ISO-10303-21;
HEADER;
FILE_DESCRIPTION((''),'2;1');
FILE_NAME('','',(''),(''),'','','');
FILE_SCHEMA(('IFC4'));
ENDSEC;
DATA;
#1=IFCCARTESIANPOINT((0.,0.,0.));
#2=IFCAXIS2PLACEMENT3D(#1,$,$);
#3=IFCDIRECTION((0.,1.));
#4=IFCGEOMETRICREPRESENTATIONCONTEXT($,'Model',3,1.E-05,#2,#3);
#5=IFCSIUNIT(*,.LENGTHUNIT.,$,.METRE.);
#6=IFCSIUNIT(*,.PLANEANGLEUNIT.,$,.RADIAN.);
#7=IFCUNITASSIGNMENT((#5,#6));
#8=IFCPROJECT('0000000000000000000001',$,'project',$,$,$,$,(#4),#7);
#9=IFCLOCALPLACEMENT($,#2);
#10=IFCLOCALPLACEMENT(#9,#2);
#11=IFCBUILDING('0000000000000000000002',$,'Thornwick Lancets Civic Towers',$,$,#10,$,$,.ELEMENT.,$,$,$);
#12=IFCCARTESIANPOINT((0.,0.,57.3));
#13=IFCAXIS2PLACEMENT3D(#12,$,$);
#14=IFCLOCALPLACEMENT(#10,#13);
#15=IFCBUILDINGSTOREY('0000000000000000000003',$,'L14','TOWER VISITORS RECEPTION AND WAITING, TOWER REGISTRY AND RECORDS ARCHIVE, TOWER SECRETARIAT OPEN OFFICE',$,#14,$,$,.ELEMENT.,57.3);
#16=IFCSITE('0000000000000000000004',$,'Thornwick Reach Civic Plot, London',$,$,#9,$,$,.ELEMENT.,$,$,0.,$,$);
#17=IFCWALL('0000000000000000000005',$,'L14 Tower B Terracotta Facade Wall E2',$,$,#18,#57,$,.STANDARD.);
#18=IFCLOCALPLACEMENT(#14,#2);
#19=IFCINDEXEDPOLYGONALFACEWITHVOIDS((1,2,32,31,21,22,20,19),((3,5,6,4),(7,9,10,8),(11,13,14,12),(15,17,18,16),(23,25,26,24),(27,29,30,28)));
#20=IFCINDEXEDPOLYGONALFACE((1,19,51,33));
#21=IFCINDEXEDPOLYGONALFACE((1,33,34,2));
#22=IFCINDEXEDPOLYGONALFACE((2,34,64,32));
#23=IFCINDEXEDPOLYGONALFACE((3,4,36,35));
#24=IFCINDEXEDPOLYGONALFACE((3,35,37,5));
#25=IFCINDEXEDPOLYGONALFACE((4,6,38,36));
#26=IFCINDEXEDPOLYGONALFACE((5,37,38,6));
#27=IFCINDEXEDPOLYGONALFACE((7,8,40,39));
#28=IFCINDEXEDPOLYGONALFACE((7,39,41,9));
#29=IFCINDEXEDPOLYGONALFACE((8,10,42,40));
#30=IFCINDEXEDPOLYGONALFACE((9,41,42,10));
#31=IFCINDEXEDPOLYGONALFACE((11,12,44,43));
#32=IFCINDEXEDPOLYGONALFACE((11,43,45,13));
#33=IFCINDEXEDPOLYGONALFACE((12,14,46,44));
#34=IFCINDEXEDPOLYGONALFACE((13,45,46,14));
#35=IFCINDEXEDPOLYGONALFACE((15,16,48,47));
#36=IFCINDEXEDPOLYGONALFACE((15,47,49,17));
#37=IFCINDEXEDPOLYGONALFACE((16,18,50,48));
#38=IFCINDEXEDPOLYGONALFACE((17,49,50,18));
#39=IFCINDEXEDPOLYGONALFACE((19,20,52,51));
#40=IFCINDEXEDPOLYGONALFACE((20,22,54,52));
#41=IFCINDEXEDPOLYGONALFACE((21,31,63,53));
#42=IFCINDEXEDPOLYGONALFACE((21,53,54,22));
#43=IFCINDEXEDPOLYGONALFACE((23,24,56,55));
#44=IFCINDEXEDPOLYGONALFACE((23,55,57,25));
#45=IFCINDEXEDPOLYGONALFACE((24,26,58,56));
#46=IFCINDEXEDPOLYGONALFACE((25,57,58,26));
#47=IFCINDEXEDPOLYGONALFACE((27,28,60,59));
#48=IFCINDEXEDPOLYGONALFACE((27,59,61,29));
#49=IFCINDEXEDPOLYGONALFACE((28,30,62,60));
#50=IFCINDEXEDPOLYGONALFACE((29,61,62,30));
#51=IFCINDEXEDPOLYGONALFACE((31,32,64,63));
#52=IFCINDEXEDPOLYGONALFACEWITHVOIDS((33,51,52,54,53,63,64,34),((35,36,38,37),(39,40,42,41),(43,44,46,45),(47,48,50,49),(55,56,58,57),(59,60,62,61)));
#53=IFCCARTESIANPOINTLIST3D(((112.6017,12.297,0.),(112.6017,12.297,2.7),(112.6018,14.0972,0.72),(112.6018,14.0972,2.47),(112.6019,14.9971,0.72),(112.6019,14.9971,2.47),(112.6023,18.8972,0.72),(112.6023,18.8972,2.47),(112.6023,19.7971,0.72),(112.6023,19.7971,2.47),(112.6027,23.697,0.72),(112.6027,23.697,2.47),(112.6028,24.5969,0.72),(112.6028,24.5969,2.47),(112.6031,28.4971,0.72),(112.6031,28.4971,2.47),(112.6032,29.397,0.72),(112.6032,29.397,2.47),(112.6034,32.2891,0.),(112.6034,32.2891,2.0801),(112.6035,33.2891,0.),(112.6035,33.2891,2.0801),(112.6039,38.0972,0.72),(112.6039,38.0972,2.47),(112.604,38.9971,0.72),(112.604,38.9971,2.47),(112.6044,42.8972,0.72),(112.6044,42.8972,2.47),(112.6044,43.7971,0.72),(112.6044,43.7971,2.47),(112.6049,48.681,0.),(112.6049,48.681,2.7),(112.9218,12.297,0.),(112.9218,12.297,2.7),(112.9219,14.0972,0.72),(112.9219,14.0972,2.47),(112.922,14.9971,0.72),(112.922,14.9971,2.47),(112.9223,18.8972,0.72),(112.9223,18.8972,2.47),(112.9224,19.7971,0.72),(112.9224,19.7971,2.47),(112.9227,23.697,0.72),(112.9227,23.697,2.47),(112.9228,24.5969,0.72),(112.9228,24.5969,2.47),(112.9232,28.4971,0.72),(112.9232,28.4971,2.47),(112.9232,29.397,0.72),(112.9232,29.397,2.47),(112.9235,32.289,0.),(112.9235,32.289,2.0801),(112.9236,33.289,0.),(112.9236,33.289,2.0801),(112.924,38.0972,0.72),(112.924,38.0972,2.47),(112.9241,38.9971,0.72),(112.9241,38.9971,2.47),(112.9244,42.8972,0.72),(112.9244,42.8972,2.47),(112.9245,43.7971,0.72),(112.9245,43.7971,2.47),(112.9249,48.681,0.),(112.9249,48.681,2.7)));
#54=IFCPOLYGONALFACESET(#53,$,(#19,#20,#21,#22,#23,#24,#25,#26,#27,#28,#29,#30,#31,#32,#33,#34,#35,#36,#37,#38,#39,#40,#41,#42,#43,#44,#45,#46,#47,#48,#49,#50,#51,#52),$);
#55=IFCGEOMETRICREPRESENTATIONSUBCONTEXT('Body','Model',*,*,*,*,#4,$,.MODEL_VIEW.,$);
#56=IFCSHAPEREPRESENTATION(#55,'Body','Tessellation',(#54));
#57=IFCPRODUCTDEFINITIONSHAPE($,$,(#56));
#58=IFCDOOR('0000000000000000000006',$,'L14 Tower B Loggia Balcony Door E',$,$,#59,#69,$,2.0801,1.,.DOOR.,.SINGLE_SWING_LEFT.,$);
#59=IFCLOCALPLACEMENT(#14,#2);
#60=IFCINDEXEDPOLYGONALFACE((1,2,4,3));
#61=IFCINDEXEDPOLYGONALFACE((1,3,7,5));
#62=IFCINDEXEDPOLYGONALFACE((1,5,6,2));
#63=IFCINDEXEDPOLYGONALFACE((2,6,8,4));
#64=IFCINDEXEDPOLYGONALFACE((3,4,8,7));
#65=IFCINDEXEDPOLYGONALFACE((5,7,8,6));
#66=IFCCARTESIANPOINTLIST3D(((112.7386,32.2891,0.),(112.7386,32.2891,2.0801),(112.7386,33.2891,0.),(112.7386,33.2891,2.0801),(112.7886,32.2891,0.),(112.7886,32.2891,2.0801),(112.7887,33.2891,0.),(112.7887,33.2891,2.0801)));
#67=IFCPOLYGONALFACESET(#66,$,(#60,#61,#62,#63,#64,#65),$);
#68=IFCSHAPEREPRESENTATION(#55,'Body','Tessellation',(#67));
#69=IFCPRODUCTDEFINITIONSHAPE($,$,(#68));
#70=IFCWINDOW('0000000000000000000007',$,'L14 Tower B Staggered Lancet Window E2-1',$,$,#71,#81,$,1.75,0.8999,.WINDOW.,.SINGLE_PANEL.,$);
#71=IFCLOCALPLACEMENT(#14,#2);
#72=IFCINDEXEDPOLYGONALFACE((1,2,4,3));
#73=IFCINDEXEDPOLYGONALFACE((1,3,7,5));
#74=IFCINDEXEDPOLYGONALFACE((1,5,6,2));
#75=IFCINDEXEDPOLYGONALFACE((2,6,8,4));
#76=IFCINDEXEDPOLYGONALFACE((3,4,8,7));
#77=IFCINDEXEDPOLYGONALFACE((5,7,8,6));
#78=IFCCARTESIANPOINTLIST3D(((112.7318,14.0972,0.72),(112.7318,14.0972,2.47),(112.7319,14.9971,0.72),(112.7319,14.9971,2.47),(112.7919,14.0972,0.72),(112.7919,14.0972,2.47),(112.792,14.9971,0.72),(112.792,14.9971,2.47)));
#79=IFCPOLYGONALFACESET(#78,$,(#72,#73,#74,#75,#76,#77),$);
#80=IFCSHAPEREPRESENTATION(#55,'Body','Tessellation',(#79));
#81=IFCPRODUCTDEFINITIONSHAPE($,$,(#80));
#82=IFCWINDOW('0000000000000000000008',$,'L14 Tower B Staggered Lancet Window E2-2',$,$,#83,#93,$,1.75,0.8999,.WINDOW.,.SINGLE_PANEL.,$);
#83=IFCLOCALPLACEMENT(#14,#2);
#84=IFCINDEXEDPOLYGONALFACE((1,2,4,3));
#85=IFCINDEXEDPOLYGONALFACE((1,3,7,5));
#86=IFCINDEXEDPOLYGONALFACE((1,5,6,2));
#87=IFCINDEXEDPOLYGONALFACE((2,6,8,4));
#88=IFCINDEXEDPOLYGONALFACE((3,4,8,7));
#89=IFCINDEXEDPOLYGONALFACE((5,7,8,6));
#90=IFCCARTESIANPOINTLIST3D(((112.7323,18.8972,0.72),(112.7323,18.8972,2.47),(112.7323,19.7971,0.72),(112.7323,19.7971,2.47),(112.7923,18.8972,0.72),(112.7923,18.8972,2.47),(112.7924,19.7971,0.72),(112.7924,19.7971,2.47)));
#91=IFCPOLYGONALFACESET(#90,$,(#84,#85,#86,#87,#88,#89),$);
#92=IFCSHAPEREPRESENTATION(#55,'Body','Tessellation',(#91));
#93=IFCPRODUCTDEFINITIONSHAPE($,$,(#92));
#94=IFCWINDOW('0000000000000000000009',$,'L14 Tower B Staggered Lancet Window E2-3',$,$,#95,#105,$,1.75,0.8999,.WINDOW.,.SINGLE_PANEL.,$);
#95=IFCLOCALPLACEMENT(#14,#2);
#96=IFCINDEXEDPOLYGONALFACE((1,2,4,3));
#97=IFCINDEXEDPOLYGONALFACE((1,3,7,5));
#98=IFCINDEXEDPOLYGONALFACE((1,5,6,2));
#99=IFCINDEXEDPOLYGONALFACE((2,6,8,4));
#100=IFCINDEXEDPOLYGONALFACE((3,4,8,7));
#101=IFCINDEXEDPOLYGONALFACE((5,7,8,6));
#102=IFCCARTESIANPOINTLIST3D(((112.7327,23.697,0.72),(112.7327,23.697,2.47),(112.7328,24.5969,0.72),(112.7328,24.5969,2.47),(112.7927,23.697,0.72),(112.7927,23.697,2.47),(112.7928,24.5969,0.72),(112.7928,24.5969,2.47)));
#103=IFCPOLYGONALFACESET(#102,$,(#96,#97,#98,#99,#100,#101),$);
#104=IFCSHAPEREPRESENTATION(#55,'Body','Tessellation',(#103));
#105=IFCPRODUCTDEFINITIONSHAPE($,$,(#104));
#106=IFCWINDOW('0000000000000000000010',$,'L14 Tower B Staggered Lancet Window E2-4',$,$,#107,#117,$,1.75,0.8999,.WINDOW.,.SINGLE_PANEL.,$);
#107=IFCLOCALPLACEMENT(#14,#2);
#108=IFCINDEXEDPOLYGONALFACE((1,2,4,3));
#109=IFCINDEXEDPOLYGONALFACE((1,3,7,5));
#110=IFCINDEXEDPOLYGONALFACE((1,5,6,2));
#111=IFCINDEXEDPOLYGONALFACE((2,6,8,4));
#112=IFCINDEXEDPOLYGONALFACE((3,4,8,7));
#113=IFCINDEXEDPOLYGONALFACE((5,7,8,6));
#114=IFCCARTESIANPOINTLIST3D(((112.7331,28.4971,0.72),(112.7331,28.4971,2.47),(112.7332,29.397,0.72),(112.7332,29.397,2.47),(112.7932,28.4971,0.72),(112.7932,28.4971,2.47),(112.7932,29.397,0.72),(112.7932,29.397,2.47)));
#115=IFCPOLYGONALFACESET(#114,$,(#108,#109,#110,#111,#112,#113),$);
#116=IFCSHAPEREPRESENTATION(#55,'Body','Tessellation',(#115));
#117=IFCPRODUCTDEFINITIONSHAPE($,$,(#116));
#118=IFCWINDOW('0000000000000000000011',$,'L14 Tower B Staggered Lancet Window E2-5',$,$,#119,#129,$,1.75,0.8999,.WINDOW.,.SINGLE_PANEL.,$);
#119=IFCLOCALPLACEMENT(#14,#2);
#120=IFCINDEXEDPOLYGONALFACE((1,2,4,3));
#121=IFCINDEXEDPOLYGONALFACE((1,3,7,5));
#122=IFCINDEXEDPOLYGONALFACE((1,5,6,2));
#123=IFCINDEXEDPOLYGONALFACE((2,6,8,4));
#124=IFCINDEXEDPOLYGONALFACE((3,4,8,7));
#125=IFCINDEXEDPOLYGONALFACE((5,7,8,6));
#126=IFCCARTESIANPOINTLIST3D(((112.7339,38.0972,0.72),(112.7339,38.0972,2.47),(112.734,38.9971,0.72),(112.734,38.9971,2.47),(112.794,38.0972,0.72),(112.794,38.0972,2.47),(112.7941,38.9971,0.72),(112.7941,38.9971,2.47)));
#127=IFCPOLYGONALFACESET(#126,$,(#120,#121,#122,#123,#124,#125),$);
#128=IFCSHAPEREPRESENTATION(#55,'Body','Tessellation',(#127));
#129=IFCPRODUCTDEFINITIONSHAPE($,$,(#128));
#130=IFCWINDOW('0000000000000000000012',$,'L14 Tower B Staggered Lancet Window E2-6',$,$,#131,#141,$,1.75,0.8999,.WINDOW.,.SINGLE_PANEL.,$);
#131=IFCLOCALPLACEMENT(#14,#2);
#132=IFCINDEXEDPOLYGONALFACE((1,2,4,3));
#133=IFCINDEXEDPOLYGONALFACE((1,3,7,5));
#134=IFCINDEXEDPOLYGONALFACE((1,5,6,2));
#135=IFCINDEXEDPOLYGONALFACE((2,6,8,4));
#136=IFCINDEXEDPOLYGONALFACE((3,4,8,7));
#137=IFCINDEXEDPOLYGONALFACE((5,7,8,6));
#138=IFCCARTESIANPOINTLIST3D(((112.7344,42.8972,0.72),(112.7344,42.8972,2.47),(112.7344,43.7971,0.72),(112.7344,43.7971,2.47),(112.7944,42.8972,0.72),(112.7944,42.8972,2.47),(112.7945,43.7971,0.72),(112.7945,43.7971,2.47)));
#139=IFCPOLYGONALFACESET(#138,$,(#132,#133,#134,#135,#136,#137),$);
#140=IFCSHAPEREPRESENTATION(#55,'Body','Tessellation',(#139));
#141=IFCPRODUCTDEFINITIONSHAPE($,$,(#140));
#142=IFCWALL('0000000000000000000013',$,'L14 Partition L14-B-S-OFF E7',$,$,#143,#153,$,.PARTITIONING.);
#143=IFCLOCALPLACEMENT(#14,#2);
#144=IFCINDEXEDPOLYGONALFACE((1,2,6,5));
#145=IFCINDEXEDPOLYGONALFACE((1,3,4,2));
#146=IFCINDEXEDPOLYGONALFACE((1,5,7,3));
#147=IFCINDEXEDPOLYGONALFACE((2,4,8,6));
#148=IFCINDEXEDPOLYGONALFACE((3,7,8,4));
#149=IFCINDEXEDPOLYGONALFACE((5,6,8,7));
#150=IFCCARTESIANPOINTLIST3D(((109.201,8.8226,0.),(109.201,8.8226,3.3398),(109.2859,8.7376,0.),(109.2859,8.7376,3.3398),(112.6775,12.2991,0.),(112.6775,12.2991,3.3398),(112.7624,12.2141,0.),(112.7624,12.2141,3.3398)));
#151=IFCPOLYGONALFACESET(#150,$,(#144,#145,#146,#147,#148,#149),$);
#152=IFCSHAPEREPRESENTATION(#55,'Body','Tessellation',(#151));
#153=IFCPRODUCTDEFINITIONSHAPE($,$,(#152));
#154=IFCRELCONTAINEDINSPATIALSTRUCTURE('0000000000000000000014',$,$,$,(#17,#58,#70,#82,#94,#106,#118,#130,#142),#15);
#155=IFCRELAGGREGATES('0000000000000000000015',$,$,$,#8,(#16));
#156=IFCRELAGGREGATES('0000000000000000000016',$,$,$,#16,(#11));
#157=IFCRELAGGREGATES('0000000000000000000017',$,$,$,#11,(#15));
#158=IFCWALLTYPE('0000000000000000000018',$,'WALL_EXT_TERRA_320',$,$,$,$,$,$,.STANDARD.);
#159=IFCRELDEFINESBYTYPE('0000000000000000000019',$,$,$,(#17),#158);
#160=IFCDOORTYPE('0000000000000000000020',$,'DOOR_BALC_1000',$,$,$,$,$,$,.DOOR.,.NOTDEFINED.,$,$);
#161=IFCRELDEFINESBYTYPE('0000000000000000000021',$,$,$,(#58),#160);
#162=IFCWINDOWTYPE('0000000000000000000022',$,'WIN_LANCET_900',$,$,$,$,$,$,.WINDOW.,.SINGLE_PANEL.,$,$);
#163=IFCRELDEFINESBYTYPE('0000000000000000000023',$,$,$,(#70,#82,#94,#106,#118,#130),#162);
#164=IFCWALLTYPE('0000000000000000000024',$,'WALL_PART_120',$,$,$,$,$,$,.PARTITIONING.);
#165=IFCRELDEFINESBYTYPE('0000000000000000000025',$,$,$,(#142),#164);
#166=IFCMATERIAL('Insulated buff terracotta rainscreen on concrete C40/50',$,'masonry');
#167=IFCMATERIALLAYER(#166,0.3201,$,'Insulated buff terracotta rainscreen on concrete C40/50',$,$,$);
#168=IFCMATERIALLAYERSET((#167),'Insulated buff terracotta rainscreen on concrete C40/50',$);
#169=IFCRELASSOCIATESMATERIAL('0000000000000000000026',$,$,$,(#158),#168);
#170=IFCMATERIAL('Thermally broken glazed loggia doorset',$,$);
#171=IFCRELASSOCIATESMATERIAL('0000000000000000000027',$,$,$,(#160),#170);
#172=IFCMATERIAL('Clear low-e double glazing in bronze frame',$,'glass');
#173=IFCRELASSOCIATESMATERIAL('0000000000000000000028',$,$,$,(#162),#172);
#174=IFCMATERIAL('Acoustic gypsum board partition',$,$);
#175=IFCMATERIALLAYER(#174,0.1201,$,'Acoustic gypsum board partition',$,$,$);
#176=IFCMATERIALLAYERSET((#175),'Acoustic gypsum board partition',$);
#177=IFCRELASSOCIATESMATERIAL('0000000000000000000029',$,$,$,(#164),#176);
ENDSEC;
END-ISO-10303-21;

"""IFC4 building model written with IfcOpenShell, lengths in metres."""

from ifc_helpers import new_model, si_unit, direction, frame, frame_2d, origin, place, context, subcontext, project, spatial, rectangle, extrude, material, layer, layer_set, type_object, element, fill, save


model = new_model("IFC4")

# Units and contexts
model_context = context("Model", 3, precision=1e-05, world=origin(), true_north=direction((0.0, 1.0)))
body_context = subcontext(model_context, "Body", "Model", "MODEL_VIEW")
ifc_project = project(units=[si_unit("LENGTHUNIT", "METRE"), si_unit("PLANEANGLEUNIT", "RADIAN")], contexts=[model_context])

# Site, building, storey
site_placement = place(None, origin())
site = spatial("IfcSite", under=ifc_project, at=site_placement, Name="Thornwick Reach Civic Plot, London", CompositionType="ELEMENT", RefElevation=0.0)
building_placement = place(site_placement, origin())
building = spatial("IfcBuilding", under=site, at=building_placement, Name="Thornwick Lancets Civic Towers", CompositionType="ELEMENT")
storey_placement = place(building_placement, frame((0.0, 0.0, 57.3)))
storey = spatial("IfcBuildingStorey", under=building, at=storey_placement, Name="L14", Description="TOWER VISITORS RECEPTION AND WAITING, TOWER REGISTRY AND RECORDS ARCHIVE, TOWER SECRETARIAT OPEN OFFICE", CompositionType="ELEMENT", Elevation=57.3)

# Wall, openings, door, windows
ifc_material_1 = material(Name="Insulated buff terracotta rainscreen on concrete C40/50", Category="masonry")
ifc_layer_1 = layer(ifc_material_1, 0.3201, Name="Insulated buff terracotta rainscreen on concrete C40/50")
ifc_layer_set_1 = layer_set([ifc_layer_1], Name="Insulated buff terracotta rainscreen on concrete C40/50")
wall_type_1 = type_object("IfcWallType", Name="WALL_EXT_TERRA_320", PredefinedType="STANDARD", material=ifc_layer_set_1)
wall_1_placement = place(storey_placement, frame((112.7617, 12.2971, 0.0), z_axis=(0.0, 0.0, 1.0), x_axis=(0.000087, 1.0, 0.0)))
wall_1 = element("IfcWall", 1, at=wall_1_placement, inside=storey, type_object=wall_type_1, Name="L14 Tower B Terracotta Facade Wall E2", PredefinedType="STANDARD", context=body_context, shape_type="SweptSolid", body=[
    extrude(rectangle(XDim=36.384, YDim=0.3201, at=frame_2d((18.1919, 0.0))), origin(), (0.0, 0.0, 1.0), 2.7),
])
opening_1_placement = place(wall_1_placement, frame((19.9919, 0.0, 0.0)))
opening_1 = element("IfcOpeningElement", 2, at=opening_1_placement, cuts=wall_1, PredefinedType="OPENING", context=body_context, shape_type="SweptSolid", body=[
    extrude(rectangle(XDim=1.0, YDim=2.0801, at=frame_2d((0.5, 1.04))), frame((0.0, 0.1699, 0.0), z_axis=(0.0, -1.0, 0.0), x_axis=(1.0, 0.0, 0.0)), (0.0, 0.0, 1.0), 0.3401),
])
opening_2_placement = place(wall_1_placement, frame((1.8, 0.0, 0.72)))
opening_2 = element("IfcOpeningElement", 3, at=opening_2_placement, cuts=wall_1, PredefinedType="OPENING", context=body_context, shape_type="SweptSolid", body=[
    extrude(rectangle(XDim=0.8999, YDim=1.75, at=frame_2d((0.45, 0.875))), frame((0.0, 0.1699, 0.0), z_axis=(0.0, -1.0, 0.0), x_axis=(1.0, 0.0, 0.0)), (0.0, 0.0, 1.0), 0.3401),
])
opening_3_placement = place(wall_1_placement, frame((6.6001, 0.0, 0.72)))
opening_3 = element("IfcOpeningElement", 4, at=opening_3_placement, cuts=wall_1, PredefinedType="OPENING", context=body_context, shape_type="SweptSolid", body=[
    extrude(rectangle(XDim=0.8999, YDim=1.75, at=frame_2d((0.45, 0.875))), frame((0.0, 0.1699, 0.0), z_axis=(0.0, -1.0, 0.0), x_axis=(1.0, 0.0, 0.0)), (0.0, 0.0, 1.0), 0.3401),
])
opening_4_placement = place(wall_1_placement, frame((11.3999, 0.0, 0.72)))
opening_4 = element("IfcOpeningElement", 5, at=opening_4_placement, cuts=wall_1, PredefinedType="OPENING", context=body_context, shape_type="SweptSolid", body=[
    extrude(rectangle(XDim=0.8999, YDim=1.75, at=frame_2d((0.45, 0.875))), frame((0.0, 0.1699, 0.0), z_axis=(0.0, -1.0, 0.0), x_axis=(1.0, 0.0, 0.0)), (0.0, 0.0, 1.0), 0.3401),
])
opening_5_placement = place(wall_1_placement, frame((16.2, 0.0, 0.72)))
opening_5 = element("IfcOpeningElement", 6, at=opening_5_placement, cuts=wall_1, PredefinedType="OPENING", context=body_context, shape_type="SweptSolid", body=[
    extrude(rectangle(XDim=0.8999, YDim=1.75, at=frame_2d((0.45, 0.875))), frame((0.0, 0.1699, 0.0), z_axis=(0.0, -1.0, 0.0), x_axis=(1.0, 0.0, 0.0)), (0.0, 0.0, 1.0), 0.3401),
])
opening_6_placement = place(wall_1_placement, frame((25.8, 0.0, 0.72)))
opening_6 = element("IfcOpeningElement", 7, at=opening_6_placement, cuts=wall_1, PredefinedType="OPENING", context=body_context, shape_type="SweptSolid", body=[
    extrude(rectangle(XDim=0.8999, YDim=1.75, at=frame_2d((0.45, 0.875))), frame((0.0, 0.1699, 0.0), z_axis=(0.0, -1.0, 0.0), x_axis=(1.0, 0.0, 0.0)), (0.0, 0.0, 1.0), 0.3401),
])
opening_7_placement = place(wall_1_placement, frame((30.6001, 0.0, 0.72)))
opening_7 = element("IfcOpeningElement", 8, at=opening_7_placement, cuts=wall_1, PredefinedType="OPENING", context=body_context, shape_type="SweptSolid", body=[
    extrude(rectangle(XDim=0.8999, YDim=1.75, at=frame_2d((0.45, 0.875))), frame((0.0, 0.1699, 0.0), z_axis=(0.0, -1.0, 0.0), x_axis=(1.0, 0.0, 0.0)), (0.0, 0.0, 1.0), 0.3401),
])
ifc_material_2 = material(Name="Thermally broken glazed loggia doorset")
door_type = type_object("IfcDoorType", Name="DOOR_BALC_1000", OperationType="NOTDEFINED", PredefinedType="DOOR", material=ifc_material_2)
door_placement = place(opening_1_placement, origin())
door = element("IfcDoor", 9, at=door_placement, inside=storey, type_object=door_type, Name="L14 Tower B Loggia Balcony Door E", OperationType="SINGLE_SWING_LEFT", OverallHeight=2.0801, OverallWidth=1.0, PredefinedType="DOOR", context=body_context, shape_type="SweptSolid", body=[
    extrude(rectangle(XDim=1.0, YDim=2.0801, at=frame_2d((0.5, 1.04))), frame((0.0, 0.0249, 0.0), z_axis=(0.0, -1.0, 0.0), x_axis=(1.0, 0.0, 0.0)), (0.0, 0.0, 1.0), 0.05),
])
fill(opening_1, door)
ifc_material_3 = material(Name="Clear low-e double glazing in bronze frame", Category="glass")
window_type = type_object("IfcWindowType", Name="WIN_LANCET_900", PartitioningType="SINGLE_PANEL", PredefinedType="WINDOW", material=ifc_material_3)
window_1_placement = place(opening_2_placement, origin())
window_1 = element("IfcWindow", 10, at=window_1_placement, inside=storey, type_object=window_type, Name="L14 Tower B Staggered Lancet Window E2-1", OverallHeight=1.75, OverallWidth=0.8999, PartitioningType="SINGLE_PANEL", PredefinedType="WINDOW", context=body_context, shape_type="SweptSolid", body=[
    extrude(rectangle(XDim=0.8999, YDim=1.75, at=frame_2d((0.45, 0.875))), frame((0.0, 0.03, 0.0), z_axis=(0.0, -1.0, 0.0), x_axis=(1.0, 0.0, 0.0)), (0.0, 0.0, 1.0), 0.0601),
])
fill(opening_2, window_1)
window_2_placement = place(opening_3_placement, origin())
window_2 = element("IfcWindow", 11, at=window_2_placement, inside=storey, type_object=window_type, Name="L14 Tower B Staggered Lancet Window E2-2", OverallHeight=1.75, OverallWidth=0.8999, PartitioningType="SINGLE_PANEL", PredefinedType="WINDOW", context=body_context, shape_type="SweptSolid", body=[
    extrude(rectangle(XDim=0.8999, YDim=1.75, at=frame_2d((0.45, 0.875))), frame((0.0, 0.03, 0.0), z_axis=(0.0, -1.0, 0.0), x_axis=(1.0, 0.0, 0.0)), (0.0, 0.0, 1.0), 0.0601),
])
fill(opening_3, window_2)
window_3_placement = place(opening_4_placement, origin())
window_3 = element("IfcWindow", 12, at=window_3_placement, inside=storey, type_object=window_type, Name="L14 Tower B Staggered Lancet Window E2-3", OverallHeight=1.75, OverallWidth=0.8999, PartitioningType="SINGLE_PANEL", PredefinedType="WINDOW", context=body_context, shape_type="SweptSolid", body=[
    extrude(rectangle(XDim=0.8999, YDim=1.75, at=frame_2d((0.45, 0.875))), frame((0.0, 0.03, 0.0), z_axis=(0.0, -1.0, 0.0), x_axis=(1.0, 0.0, 0.0)), (0.0, 0.0, 1.0), 0.0601),
])
fill(opening_4, window_3)
window_4_placement = place(opening_5_placement, origin())
window_4 = element("IfcWindow", 13, at=window_4_placement, inside=storey, type_object=window_type, Name="L14 Tower B Staggered Lancet Window E2-4", OverallHeight=1.75, OverallWidth=0.8999, PartitioningType="SINGLE_PANEL", PredefinedType="WINDOW", context=body_context, shape_type="SweptSolid", body=[
    extrude(rectangle(XDim=0.8999, YDim=1.75, at=frame_2d((0.45, 0.875))), frame((0.0, 0.03, 0.0), z_axis=(0.0, -1.0, 0.0), x_axis=(1.0, 0.0, 0.0)), (0.0, 0.0, 1.0), 0.0601),
])
fill(opening_5, window_4)
window_5_placement = place(opening_6_placement, origin())
window_5 = element("IfcWindow", 14, at=window_5_placement, inside=storey, type_object=window_type, Name="L14 Tower B Staggered Lancet Window E2-5", OverallHeight=1.75, OverallWidth=0.8999, PartitioningType="SINGLE_PANEL", PredefinedType="WINDOW", context=body_context, shape_type="SweptSolid", body=[
    extrude(rectangle(XDim=0.8999, YDim=1.75, at=frame_2d((0.45, 0.875))), frame((0.0, 0.03, 0.0), z_axis=(0.0, -1.0, 0.0), x_axis=(1.0, 0.0, 0.0)), (0.0, 0.0, 1.0), 0.0601),
])
fill(opening_6, window_5)
window_6_placement = place(opening_7_placement, origin())
window_6 = element("IfcWindow", 15, at=window_6_placement, inside=storey, type_object=window_type, Name="L14 Tower B Staggered Lancet Window E2-6", OverallHeight=1.75, OverallWidth=0.8999, PartitioningType="SINGLE_PANEL", PredefinedType="WINDOW", context=body_context, shape_type="SweptSolid", body=[
    extrude(rectangle(XDim=0.8999, YDim=1.75, at=frame_2d((0.45, 0.875))), frame((0.0, 0.03, 0.0), z_axis=(0.0, -1.0, 0.0), x_axis=(1.0, 0.0, 0.0)), (0.0, 0.0, 1.0), 0.0601),
])
fill(opening_7, window_6)

# Wall
ifc_material_4 = material(Name="Acoustic gypsum board partition")
ifc_layer_2 = layer(ifc_material_4, 0.1201, Name="Acoustic gypsum board partition")
ifc_layer_set_2 = layer_set([ifc_layer_2], Name="Acoustic gypsum board partition")
wall_type_2 = type_object("IfcWallType", Name="WALL_PART_120", PredefinedType="PARTITIONING", material=ifc_layer_set_2)
wall_2_placement = place(storey_placement, frame((112.72, 12.2566, 0.0), z_axis=(0.0, 0.0, 1.0), x_axis=(-0.707107, -0.707107, 0.0)))
element("IfcWall", 16, at=wall_2_placement, inside=storey, type_object=wall_type_2, Name="L14 Partition L14-B-S-OFF E7", PredefinedType="PARTITIONING", context=body_context, shape_type="SweptSolid", body=[
    extrude(rectangle(XDim=4.9165, YDim=0.1201, at=frame_2d((2.4583, 0.0))), origin(), (0.0, 0.0, 1.0), 3.3398),
])

save(model, "model.ifc")
